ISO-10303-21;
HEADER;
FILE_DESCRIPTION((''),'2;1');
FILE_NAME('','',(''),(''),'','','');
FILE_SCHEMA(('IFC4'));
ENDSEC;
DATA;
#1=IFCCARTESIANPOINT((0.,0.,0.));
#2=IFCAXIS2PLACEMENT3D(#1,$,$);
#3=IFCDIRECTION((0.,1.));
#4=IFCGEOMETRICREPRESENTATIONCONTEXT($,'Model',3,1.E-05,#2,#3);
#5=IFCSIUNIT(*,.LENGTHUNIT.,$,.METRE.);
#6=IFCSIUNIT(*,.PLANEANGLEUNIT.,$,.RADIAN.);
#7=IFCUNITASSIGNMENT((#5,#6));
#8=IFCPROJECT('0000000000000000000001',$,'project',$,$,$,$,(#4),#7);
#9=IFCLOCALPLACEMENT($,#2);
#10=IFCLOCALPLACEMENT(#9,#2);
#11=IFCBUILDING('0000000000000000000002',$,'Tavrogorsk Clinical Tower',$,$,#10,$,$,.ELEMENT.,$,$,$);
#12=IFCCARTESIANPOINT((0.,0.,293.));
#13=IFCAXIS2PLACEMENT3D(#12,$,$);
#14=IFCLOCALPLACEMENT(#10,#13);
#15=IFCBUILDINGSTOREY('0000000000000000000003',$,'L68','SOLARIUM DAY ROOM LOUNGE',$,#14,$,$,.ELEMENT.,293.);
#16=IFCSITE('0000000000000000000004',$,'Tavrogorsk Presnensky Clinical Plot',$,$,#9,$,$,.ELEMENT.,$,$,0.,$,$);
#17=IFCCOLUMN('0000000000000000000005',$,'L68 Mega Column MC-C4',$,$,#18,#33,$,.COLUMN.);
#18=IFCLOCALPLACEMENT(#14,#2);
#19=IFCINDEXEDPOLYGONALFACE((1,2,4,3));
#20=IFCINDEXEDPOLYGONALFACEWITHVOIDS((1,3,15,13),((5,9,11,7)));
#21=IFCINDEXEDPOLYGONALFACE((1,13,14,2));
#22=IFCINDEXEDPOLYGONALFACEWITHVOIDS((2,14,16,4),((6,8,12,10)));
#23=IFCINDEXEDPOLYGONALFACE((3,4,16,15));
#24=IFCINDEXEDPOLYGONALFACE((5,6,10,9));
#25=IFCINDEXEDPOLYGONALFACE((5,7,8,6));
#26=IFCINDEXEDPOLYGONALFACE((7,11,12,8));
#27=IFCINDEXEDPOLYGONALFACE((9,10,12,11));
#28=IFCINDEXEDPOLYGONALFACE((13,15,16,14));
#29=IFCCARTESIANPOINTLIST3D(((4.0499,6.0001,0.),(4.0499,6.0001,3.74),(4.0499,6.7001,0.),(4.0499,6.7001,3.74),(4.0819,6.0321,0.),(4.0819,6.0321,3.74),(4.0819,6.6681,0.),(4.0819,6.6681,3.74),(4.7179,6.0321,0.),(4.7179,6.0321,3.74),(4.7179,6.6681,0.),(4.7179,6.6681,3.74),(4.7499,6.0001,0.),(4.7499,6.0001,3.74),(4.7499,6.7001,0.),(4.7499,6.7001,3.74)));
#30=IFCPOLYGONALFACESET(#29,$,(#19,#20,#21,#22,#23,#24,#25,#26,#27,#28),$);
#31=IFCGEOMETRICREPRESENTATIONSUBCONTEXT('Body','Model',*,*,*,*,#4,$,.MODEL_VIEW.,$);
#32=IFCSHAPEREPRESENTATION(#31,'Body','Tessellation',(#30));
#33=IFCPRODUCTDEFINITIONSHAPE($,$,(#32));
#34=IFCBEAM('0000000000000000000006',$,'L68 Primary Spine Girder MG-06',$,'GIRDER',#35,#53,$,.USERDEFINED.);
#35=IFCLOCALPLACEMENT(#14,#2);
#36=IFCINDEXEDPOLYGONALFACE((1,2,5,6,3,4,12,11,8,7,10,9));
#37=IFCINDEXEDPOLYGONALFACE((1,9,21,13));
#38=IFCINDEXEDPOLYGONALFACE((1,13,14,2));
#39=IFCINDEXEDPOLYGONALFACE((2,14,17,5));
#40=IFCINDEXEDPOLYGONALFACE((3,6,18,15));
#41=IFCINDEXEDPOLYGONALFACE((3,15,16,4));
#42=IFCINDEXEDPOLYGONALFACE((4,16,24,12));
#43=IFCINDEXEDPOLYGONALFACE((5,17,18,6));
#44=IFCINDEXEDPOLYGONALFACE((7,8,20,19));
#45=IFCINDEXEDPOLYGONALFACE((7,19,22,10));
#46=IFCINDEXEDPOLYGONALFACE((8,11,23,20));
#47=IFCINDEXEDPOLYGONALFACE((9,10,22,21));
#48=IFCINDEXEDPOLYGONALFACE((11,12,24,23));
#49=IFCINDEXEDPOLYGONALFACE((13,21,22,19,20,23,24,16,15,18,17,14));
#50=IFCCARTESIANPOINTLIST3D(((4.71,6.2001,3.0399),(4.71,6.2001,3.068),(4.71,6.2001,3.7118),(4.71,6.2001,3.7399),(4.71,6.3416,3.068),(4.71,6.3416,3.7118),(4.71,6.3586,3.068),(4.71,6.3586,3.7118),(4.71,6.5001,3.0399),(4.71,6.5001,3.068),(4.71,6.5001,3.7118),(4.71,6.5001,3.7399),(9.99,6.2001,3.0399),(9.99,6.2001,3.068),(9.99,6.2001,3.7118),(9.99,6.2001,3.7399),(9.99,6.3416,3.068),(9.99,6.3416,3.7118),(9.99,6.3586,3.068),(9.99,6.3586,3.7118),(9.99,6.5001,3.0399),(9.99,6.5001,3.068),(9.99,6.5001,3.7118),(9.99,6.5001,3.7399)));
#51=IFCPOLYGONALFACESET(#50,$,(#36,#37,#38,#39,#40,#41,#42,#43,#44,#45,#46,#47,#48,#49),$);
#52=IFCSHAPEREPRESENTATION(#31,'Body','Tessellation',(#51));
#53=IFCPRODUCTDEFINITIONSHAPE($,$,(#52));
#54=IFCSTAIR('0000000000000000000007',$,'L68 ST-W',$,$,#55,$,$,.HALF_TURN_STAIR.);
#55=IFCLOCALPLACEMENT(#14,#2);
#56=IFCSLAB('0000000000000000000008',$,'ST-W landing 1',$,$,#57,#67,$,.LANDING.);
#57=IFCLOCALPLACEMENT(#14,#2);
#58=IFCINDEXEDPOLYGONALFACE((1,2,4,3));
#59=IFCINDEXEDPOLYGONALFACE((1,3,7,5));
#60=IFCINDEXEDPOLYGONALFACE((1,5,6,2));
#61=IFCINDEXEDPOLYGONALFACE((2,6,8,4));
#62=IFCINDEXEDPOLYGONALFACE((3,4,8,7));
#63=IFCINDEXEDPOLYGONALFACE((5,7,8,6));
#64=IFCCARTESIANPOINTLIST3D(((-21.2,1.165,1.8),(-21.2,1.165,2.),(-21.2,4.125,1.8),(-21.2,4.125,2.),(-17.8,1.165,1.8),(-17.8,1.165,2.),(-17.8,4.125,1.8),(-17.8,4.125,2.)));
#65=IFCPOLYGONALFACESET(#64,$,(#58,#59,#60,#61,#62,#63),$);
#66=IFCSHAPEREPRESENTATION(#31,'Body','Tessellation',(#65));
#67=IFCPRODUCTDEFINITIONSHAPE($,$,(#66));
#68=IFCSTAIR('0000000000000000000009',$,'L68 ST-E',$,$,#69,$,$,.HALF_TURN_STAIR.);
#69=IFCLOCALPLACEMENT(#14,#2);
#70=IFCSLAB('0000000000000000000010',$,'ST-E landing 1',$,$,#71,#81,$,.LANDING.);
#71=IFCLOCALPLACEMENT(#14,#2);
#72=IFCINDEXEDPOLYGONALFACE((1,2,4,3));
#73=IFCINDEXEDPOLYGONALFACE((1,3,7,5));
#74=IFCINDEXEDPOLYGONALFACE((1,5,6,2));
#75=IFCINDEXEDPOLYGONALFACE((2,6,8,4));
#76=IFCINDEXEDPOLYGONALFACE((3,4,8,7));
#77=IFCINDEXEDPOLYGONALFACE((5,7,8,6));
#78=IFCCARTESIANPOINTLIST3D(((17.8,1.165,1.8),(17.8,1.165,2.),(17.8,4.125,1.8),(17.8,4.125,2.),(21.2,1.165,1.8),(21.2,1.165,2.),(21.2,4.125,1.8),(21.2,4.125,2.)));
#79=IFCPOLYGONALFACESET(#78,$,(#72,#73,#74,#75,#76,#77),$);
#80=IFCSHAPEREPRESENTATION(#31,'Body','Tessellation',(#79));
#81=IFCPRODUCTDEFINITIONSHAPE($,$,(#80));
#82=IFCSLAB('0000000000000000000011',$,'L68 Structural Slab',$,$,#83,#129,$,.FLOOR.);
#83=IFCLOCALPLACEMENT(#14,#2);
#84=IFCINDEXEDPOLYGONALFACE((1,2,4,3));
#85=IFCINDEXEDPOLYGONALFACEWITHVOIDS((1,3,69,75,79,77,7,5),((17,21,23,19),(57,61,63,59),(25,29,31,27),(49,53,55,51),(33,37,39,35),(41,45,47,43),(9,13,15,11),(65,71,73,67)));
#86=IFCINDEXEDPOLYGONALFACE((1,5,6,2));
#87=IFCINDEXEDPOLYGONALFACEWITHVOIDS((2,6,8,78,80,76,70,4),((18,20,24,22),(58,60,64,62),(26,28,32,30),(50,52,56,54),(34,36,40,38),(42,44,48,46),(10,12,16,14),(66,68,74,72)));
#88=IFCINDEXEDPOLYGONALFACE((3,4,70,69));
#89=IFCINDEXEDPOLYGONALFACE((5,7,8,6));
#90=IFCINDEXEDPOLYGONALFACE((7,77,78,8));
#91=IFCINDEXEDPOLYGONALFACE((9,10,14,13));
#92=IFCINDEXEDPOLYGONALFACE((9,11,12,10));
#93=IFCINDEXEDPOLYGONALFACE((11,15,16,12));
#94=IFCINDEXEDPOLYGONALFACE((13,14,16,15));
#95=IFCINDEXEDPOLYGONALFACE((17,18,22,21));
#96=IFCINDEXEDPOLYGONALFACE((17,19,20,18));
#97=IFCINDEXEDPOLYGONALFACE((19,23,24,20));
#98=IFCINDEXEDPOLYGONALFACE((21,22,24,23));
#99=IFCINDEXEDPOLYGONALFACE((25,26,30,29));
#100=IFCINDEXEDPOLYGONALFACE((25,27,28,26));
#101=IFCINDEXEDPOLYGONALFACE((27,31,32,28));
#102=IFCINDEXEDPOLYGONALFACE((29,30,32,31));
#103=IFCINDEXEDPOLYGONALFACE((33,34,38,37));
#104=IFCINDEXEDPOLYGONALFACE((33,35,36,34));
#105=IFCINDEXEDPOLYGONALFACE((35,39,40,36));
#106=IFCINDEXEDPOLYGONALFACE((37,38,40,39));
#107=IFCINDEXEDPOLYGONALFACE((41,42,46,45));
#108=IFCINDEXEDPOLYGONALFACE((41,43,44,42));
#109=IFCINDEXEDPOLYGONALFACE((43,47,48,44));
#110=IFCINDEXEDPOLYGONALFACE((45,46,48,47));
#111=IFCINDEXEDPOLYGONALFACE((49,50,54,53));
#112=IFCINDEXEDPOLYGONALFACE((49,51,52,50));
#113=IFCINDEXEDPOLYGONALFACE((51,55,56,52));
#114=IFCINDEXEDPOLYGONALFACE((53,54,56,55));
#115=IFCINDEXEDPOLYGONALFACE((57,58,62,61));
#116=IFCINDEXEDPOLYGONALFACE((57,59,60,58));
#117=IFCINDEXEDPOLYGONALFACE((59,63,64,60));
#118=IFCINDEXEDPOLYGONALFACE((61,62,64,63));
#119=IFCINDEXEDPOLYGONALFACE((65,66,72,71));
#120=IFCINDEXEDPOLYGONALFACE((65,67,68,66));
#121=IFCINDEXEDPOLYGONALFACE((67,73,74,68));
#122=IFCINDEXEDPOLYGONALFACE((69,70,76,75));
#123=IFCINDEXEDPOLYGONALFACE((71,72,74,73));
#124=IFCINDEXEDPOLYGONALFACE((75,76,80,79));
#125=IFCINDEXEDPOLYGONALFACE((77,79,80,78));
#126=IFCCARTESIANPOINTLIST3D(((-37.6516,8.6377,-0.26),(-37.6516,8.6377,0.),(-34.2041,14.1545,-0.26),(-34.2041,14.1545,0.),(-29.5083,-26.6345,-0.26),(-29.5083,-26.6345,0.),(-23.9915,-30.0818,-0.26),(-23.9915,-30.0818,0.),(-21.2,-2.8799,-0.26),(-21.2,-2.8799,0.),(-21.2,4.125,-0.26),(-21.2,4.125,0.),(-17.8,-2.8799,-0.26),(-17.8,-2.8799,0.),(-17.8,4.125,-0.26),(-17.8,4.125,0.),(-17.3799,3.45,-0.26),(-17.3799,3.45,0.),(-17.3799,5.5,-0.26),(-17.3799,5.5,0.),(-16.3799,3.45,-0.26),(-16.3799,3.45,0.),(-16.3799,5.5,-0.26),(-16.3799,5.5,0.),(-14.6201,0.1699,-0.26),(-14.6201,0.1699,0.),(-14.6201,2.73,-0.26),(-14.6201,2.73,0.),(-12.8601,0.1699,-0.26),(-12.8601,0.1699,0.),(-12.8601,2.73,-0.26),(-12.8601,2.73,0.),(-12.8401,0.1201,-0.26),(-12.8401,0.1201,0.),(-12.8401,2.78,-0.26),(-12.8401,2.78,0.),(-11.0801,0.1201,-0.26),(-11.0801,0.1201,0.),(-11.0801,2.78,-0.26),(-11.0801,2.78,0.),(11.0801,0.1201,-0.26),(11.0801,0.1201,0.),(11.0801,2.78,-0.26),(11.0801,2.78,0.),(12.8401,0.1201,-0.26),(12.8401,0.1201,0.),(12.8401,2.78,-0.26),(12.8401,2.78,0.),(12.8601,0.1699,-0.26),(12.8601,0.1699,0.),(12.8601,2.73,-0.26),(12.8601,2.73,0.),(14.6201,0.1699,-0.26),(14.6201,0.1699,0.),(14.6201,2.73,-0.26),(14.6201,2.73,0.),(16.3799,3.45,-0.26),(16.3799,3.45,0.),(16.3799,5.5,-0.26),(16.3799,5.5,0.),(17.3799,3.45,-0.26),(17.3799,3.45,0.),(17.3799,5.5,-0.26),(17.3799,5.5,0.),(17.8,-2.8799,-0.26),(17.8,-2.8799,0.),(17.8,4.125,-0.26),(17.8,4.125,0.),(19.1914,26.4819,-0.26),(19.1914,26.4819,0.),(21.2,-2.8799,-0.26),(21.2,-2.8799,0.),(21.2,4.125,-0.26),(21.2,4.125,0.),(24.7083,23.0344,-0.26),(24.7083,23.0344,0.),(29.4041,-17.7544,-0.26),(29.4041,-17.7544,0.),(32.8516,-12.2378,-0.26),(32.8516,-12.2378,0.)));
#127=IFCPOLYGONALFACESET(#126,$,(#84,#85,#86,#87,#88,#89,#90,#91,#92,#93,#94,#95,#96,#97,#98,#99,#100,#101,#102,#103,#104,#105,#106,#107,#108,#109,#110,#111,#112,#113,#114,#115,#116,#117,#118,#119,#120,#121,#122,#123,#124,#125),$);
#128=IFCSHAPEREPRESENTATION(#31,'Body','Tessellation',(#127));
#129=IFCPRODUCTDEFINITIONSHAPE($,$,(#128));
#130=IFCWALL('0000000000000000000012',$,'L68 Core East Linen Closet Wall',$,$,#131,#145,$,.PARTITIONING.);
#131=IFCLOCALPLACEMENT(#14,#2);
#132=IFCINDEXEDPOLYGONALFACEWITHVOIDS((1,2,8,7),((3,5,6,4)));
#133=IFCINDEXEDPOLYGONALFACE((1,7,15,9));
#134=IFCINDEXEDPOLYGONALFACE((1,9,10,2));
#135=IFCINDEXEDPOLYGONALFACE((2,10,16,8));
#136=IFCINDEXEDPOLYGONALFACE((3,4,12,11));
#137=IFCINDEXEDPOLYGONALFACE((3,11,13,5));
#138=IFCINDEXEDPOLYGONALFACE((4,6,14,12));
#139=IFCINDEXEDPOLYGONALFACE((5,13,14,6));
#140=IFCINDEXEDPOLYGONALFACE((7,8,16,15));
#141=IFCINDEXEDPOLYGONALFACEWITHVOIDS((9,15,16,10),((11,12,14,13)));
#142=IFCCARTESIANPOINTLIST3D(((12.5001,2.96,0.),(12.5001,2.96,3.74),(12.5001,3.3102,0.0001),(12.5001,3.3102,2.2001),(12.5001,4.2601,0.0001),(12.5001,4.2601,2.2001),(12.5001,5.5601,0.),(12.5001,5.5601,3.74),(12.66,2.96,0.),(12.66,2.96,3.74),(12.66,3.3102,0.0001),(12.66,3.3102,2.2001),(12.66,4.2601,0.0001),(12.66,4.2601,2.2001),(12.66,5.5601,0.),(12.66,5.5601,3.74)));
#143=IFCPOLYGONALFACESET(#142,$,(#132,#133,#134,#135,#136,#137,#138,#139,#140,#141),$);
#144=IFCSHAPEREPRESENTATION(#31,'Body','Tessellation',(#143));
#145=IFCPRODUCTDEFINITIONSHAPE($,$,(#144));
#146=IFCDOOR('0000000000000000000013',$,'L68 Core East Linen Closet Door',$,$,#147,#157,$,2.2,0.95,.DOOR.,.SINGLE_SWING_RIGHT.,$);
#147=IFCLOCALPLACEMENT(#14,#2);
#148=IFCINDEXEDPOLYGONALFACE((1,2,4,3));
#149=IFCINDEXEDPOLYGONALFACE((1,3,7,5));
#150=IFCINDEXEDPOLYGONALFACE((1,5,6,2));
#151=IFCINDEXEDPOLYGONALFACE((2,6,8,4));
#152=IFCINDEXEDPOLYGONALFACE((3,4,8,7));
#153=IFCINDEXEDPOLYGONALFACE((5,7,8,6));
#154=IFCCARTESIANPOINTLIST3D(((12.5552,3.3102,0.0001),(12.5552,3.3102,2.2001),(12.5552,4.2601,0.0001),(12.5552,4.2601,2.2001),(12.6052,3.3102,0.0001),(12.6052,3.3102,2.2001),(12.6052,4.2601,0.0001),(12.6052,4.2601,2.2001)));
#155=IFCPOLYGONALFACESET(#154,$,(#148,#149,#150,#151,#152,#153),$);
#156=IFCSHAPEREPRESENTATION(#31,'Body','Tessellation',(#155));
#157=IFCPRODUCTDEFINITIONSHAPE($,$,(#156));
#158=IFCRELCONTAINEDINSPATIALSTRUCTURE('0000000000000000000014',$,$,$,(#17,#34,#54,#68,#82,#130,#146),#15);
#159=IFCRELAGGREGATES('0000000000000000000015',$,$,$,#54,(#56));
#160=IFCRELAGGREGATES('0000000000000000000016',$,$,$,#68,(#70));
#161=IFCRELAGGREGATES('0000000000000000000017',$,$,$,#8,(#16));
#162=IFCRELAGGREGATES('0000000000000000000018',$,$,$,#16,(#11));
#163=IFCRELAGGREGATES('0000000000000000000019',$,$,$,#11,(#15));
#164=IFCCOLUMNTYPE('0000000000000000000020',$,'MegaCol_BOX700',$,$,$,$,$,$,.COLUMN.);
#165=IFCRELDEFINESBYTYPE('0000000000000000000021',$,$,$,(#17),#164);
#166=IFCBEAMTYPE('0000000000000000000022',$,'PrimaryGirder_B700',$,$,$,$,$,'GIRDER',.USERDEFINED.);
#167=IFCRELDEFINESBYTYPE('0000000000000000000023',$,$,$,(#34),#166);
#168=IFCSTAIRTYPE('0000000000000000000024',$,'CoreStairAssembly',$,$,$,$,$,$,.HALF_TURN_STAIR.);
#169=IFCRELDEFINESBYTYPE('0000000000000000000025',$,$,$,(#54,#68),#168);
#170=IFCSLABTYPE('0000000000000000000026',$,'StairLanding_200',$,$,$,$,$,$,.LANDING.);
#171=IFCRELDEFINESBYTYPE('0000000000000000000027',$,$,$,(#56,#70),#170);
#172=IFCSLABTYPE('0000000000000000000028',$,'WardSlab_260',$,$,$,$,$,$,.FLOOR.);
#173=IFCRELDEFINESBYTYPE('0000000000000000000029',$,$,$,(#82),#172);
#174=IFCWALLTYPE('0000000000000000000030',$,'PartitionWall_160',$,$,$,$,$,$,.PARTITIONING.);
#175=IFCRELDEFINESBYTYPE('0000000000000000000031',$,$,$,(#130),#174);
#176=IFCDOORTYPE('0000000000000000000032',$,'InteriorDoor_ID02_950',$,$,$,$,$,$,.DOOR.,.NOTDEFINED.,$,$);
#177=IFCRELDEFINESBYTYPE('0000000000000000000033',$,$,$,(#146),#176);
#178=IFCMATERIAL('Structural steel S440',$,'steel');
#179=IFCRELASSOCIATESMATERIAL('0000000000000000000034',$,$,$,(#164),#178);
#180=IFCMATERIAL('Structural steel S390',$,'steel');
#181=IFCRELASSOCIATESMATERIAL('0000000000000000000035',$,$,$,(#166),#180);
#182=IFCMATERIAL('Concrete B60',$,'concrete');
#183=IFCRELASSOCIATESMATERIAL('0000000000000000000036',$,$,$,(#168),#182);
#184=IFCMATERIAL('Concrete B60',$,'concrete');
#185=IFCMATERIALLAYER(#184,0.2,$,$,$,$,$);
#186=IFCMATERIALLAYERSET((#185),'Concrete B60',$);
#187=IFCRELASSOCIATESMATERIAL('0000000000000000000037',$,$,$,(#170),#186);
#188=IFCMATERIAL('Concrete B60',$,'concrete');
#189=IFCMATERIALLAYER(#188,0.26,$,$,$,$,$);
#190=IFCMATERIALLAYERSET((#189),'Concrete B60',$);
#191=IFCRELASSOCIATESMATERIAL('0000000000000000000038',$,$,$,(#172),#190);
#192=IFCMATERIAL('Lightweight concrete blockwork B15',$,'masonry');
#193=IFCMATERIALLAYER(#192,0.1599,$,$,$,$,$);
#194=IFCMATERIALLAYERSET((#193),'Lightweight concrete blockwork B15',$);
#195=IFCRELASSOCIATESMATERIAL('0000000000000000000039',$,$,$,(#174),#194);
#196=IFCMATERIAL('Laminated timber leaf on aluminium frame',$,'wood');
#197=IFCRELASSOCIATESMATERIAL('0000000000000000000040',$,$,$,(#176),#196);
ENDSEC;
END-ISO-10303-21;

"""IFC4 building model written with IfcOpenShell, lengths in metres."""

from ifc_helpers import new_model, si_unit, direction, frame, frame_2d, origin, origin_2d, place, context, subcontext, project, spatial, polyline, rectangle, hollow_rectangle, i_section, outline, extrude, material, layer, layer_set, material_profile, profile_set, type_object, element, fill, aggregate, save


model = new_model("IFC4")

# Units and contexts
model_context = context("Model", 3, precision=1e-05, world=origin(), true_north=direction((0.0, 1.0)))
body_context = subcontext(model_context, "Body", "Model", "MODEL_VIEW")
ifc_project = project(units=[si_unit("LENGTHUNIT", "METRE"), si_unit("PLANEANGLEUNIT", "RADIAN")], contexts=[model_context])

# Site, building, storey
site_placement = place(None, origin())
site = spatial("IfcSite", under=ifc_project, at=site_placement, Name="Tavrogorsk Presnensky Clinical Plot", CompositionType="ELEMENT", RefElevation=0.0)
building_placement = place(site_placement, origin())
building = spatial("IfcBuilding", under=site, at=building_placement, Name="Tavrogorsk Clinical Tower", CompositionType="ELEMENT")
storey_placement = place(building_placement, frame((0.0, 0.0, 293.0)))
storey = spatial("IfcBuildingStorey", under=building, at=storey_placement, Name="L68", Description="SOLARIUM DAY ROOM LOUNGE", CompositionType="ELEMENT", Elevation=293.0)

# Column
ifc_material_1 = material(Name="Structural steel S440", Category="steel")
ifc_material_profile_1 = material_profile(ifc_material_1, hollow_rectangle(XDim=0.7, YDim=0.7, WallThickness=0.032, at=origin_2d()), Name="BOX-700x700x32")
ifc_profile_set_1 = profile_set([ifc_material_profile_1], Name="Structural steel S440")
column_type = type_object("IfcColumnType", Name="MegaCol_BOX700", PredefinedType="COLUMN", material=ifc_profile_set_1)
column_placement = place(storey_placement, frame((4.3999, 6.3501, 0.0), z_axis=(0.0, 0.0, 1.0), x_axis=(1.0, 0.0, 0.0)))
element("IfcColumn", 1, at=column_placement, inside=storey, type_object=column_type, Name="L68 Mega Column MC-C4", PredefinedType="COLUMN", context=body_context, shape_type="SweptSolid", body=[
    extrude(hollow_rectangle(XDim=0.7, YDim=0.7, WallThickness=0.032, at=origin_2d()), origin(), (0.0, 0.0, 1.0), 3.74),
])

# Beam
ifc_material_2 = material(Name="Structural steel S390", Category="steel")
ifc_material_profile_2 = material_profile(ifc_material_2, i_section(OverallWidth=0.3, OverallDepth=0.7, WebThickness=0.0171, FlangeThickness=0.0281, at=origin_2d()), Name="B-700x300x17x28")
ifc_profile_set_2 = profile_set([ifc_material_profile_2], Name="Structural steel S390")
beam_type = type_object("IfcBeamType", Name="PrimaryGirder_B700", ElementType="GIRDER", PredefinedType="USERDEFINED", material=ifc_profile_set_2)
beam_placement = place(storey_placement, frame((4.71, 6.3501, 3.3899), z_axis=(1.0, 0.0, 0.0), x_axis=(0.0, 1.0, 0.0)))
element("IfcBeam", 2, at=beam_placement, inside=storey, type_object=beam_type, Name="L68 Primary Spine Girder MG-06", ObjectType="GIRDER", PredefinedType="USERDEFINED", context=body_context, shape_type="SweptSolid", body=[
    extrude(i_section(OverallWidth=0.3, OverallDepth=0.7, WebThickness=0.0171, FlangeThickness=0.0281, at=origin_2d()), origin(), (0.0, 0.0, 1.0), 5.28),
])

# Stairs, slabs
ifc_material_3 = material(Name="Concrete B60", Category="concrete")
stair_type = type_object("IfcStairType", Name="CoreStairAssembly", PredefinedType="HALF_TURN_STAIR", material=ifc_material_3)
stair_1_placement = place(storey_placement, origin())
stair_1 = element("IfcStair", 3, at=stair_1_placement, inside=storey, type_object=stair_type, Name="L68 ST-W", PredefinedType="HALF_TURN_STAIR")
ifc_material_4 = material(Name="Concrete B60", Category="concrete")
ifc_layer_1 = layer(ifc_material_4, 0.2)
ifc_layer_set_1 = layer_set([ifc_layer_1], Name="Concrete B60")
slab_type_1 = type_object("IfcSlabType", Name="StairLanding_200", PredefinedType="LANDING", material=ifc_layer_set_1)
slab_1_placement = place(storey_placement, frame((0.0, 0.0, 1.8)))
slab_1 = element("IfcSlab", 4, at=slab_1_placement, type_object=slab_type_1, Name="ST-W landing 1", PredefinedType="LANDING", context=body_context, shape_type="SweptSolid", body=[
    extrude(outline(polyline([(-17.8, 1.165), (-17.8, 4.125), (-21.2, 4.125), (-21.2, 1.165), (-17.8, 1.165)])), origin(), (0.0, 0.0, 1.0), 0.2),
])
aggregate(stair_1, [slab_1])
stair_2_placement = place(storey_placement, origin())
stair_2 = element("IfcStair", 5, at=stair_2_placement, inside=storey, type_object=stair_type, Name="L68 ST-E", PredefinedType="HALF_TURN_STAIR")
slab_2_placement = place(storey_placement, frame((0.0, 0.0, 1.8)))
slab_2 = element("IfcSlab", 6, at=slab_2_placement, type_object=slab_type_1, Name="ST-E landing 1", PredefinedType="LANDING", context=body_context, shape_type="SweptSolid", body=[
    extrude(outline(polyline([(21.2, 1.165), (21.2, 4.125), (17.8, 4.125), (17.8, 1.165), (21.2, 1.165)])), origin(), (0.0, 0.0, 1.0), 0.2),
])
aggregate(stair_2, [slab_2])

# Slab
ifc_material_5 = material(Name="Concrete B60", Category="concrete")
ifc_layer_2 = layer(ifc_material_5, 0.26)
ifc_layer_set_2 = layer_set([ifc_layer_2], Name="Concrete B60")
slab_type_2 = type_object("IfcSlabType", Name="WardSlab_260", PredefinedType="FLOOR", material=ifc_layer_set_2)
slab_3_placement = place(storey_placement, frame((0.0, 0.0, -0.26)))
element("IfcSlab", 7, at=slab_3_placement, inside=storey, type_object=slab_type_2, Name="L68 Structural Slab", PredefinedType="FLOOR", context=body_context, shape_type="SweptSolid", body=[
    extrude(outline(polyline([(-23.9915, -30.0818), (29.4041, -17.7544), (32.8516, -12.2378), (24.7083, 23.0344), (19.1914, 26.4819), (-34.2041, 14.1545), (-37.6516, 8.6377), (-29.5083, -26.6345), (-23.9915, -30.0818)]), holes=[polyline([(-17.8, -2.8799), (-17.8, 4.125), (-21.2, 4.125), (-21.2, -2.8799), (-17.8, -2.8799)]), polyline([(21.2, -2.8799), (21.2, 4.125), (17.8, 4.125), (17.8, -2.8799), (21.2, -2.8799)]), polyline([(-14.6201, 0.1699), (-12.8601, 0.1699), (-12.8601, 2.73), (-14.6201, 2.73), (-14.6201, 0.1699)]), polyline([(-12.8401, 0.1201), (-11.0801, 0.1201), (-11.0801, 2.78), (-12.8401, 2.78), (-12.8401, 0.1201)]), polyline([(12.8601, 0.1699), (14.6201, 0.1699), (14.6201, 2.73), (12.8601, 2.73), (12.8601, 0.1699)]), polyline([(11.0801, 0.1201), (12.8401, 0.1201), (12.8401, 2.78), (11.0801, 2.78), (11.0801, 0.1201)]), polyline([(-17.3799, 3.45), (-16.3799, 3.45), (-16.3799, 5.5), (-17.3799, 5.5), (-17.3799, 3.45)]), polyline([(16.3799, 3.45), (17.3799, 3.45), (17.3799, 5.5), (16.3799, 5.5), (16.3799, 3.45)])]), origin(), (0.0, 0.0, 1.0), 0.26),
])

# Wall, opening, door
ifc_material_6 = material(Name="Lightweight concrete blockwork B15", Category="masonry")
ifc_layer_3 = layer(ifc_material_6, 0.1599)
ifc_layer_set_3 = layer_set([ifc_layer_3], Name="Lightweight concrete blockwork B15")
wall_type_1 = type_object("IfcWallType", Name="PartitionWall_160", PredefinedType="PARTITIONING", material=ifc_layer_set_3)
wall_1_placement = place(storey_placement, frame((12.5801, 2.96, 0.0), z_axis=(0.0, 0.0, 1.0), x_axis=(0.0, 1.0, 0.0)))
wall_1 = element("IfcWall", 8, at=wall_1_placement, inside=storey, type_object=wall_type_1, Name="L68 Core East Linen Closet Wall", PredefinedType="PARTITIONING", context=body_context, shape_type="SweptSolid", body=[
    extrude(rectangle(XDim=2.6001, YDim=0.1599, at=frame_2d((1.3, 0.0))), origin(), (0.0, 0.0, 1.0), 3.74),
])
opening_1_placement = place(wall_1_placement, frame((0.3501, 0.0, 0.0)))
opening_1 = element("IfcOpeningElement", 9, at=opening_1_placement, cuts=wall_1, PredefinedType="OPENING", context=body_context, shape_type="SweptSolid", body=[
    extrude(rectangle(XDim=0.95, YDim=2.2, at=frame_2d((0.4751, 1.1001))), frame((0.0, 0.0898, 0.0), z_axis=(0.0, -1.0, 0.0), x_axis=(1.0, 0.0, 0.0)), (0.0, 0.0, 1.0), 0.1799),
])
ifc_material_7 = material(Name="Laminated timber leaf on aluminium frame", Category="wood")
door_type_1 = type_object("IfcDoorType", Name="InteriorDoor_ID02_950", OperationType="NOTDEFINED", PredefinedType="DOOR", material=ifc_material_7)
door_1_placement = place(opening_1_placement, origin())
door_1 = element("IfcDoor", 10, at=door_1_placement, inside=storey, type_object=door_type_1, Name="L68 Core East Linen Closet Door", OperationType="SINGLE_SWING_RIGHT", OverallHeight=2.2, OverallWidth=0.95, PredefinedType="DOOR", context=body_context, shape_type="SweptSolid", body=[
    extrude(rectangle(XDim=0.95, YDim=2.2, at=frame_2d((0.4751, 1.1001))), frame((0.0, 0.0249, 0.0), z_axis=(0.0, -1.0, 0.0), x_axis=(1.0, 0.0, 0.0)), (0.0, 0.0, 1.0), 0.05),
])
fill(opening_1, door_1)

save(model, "model.ifc")
